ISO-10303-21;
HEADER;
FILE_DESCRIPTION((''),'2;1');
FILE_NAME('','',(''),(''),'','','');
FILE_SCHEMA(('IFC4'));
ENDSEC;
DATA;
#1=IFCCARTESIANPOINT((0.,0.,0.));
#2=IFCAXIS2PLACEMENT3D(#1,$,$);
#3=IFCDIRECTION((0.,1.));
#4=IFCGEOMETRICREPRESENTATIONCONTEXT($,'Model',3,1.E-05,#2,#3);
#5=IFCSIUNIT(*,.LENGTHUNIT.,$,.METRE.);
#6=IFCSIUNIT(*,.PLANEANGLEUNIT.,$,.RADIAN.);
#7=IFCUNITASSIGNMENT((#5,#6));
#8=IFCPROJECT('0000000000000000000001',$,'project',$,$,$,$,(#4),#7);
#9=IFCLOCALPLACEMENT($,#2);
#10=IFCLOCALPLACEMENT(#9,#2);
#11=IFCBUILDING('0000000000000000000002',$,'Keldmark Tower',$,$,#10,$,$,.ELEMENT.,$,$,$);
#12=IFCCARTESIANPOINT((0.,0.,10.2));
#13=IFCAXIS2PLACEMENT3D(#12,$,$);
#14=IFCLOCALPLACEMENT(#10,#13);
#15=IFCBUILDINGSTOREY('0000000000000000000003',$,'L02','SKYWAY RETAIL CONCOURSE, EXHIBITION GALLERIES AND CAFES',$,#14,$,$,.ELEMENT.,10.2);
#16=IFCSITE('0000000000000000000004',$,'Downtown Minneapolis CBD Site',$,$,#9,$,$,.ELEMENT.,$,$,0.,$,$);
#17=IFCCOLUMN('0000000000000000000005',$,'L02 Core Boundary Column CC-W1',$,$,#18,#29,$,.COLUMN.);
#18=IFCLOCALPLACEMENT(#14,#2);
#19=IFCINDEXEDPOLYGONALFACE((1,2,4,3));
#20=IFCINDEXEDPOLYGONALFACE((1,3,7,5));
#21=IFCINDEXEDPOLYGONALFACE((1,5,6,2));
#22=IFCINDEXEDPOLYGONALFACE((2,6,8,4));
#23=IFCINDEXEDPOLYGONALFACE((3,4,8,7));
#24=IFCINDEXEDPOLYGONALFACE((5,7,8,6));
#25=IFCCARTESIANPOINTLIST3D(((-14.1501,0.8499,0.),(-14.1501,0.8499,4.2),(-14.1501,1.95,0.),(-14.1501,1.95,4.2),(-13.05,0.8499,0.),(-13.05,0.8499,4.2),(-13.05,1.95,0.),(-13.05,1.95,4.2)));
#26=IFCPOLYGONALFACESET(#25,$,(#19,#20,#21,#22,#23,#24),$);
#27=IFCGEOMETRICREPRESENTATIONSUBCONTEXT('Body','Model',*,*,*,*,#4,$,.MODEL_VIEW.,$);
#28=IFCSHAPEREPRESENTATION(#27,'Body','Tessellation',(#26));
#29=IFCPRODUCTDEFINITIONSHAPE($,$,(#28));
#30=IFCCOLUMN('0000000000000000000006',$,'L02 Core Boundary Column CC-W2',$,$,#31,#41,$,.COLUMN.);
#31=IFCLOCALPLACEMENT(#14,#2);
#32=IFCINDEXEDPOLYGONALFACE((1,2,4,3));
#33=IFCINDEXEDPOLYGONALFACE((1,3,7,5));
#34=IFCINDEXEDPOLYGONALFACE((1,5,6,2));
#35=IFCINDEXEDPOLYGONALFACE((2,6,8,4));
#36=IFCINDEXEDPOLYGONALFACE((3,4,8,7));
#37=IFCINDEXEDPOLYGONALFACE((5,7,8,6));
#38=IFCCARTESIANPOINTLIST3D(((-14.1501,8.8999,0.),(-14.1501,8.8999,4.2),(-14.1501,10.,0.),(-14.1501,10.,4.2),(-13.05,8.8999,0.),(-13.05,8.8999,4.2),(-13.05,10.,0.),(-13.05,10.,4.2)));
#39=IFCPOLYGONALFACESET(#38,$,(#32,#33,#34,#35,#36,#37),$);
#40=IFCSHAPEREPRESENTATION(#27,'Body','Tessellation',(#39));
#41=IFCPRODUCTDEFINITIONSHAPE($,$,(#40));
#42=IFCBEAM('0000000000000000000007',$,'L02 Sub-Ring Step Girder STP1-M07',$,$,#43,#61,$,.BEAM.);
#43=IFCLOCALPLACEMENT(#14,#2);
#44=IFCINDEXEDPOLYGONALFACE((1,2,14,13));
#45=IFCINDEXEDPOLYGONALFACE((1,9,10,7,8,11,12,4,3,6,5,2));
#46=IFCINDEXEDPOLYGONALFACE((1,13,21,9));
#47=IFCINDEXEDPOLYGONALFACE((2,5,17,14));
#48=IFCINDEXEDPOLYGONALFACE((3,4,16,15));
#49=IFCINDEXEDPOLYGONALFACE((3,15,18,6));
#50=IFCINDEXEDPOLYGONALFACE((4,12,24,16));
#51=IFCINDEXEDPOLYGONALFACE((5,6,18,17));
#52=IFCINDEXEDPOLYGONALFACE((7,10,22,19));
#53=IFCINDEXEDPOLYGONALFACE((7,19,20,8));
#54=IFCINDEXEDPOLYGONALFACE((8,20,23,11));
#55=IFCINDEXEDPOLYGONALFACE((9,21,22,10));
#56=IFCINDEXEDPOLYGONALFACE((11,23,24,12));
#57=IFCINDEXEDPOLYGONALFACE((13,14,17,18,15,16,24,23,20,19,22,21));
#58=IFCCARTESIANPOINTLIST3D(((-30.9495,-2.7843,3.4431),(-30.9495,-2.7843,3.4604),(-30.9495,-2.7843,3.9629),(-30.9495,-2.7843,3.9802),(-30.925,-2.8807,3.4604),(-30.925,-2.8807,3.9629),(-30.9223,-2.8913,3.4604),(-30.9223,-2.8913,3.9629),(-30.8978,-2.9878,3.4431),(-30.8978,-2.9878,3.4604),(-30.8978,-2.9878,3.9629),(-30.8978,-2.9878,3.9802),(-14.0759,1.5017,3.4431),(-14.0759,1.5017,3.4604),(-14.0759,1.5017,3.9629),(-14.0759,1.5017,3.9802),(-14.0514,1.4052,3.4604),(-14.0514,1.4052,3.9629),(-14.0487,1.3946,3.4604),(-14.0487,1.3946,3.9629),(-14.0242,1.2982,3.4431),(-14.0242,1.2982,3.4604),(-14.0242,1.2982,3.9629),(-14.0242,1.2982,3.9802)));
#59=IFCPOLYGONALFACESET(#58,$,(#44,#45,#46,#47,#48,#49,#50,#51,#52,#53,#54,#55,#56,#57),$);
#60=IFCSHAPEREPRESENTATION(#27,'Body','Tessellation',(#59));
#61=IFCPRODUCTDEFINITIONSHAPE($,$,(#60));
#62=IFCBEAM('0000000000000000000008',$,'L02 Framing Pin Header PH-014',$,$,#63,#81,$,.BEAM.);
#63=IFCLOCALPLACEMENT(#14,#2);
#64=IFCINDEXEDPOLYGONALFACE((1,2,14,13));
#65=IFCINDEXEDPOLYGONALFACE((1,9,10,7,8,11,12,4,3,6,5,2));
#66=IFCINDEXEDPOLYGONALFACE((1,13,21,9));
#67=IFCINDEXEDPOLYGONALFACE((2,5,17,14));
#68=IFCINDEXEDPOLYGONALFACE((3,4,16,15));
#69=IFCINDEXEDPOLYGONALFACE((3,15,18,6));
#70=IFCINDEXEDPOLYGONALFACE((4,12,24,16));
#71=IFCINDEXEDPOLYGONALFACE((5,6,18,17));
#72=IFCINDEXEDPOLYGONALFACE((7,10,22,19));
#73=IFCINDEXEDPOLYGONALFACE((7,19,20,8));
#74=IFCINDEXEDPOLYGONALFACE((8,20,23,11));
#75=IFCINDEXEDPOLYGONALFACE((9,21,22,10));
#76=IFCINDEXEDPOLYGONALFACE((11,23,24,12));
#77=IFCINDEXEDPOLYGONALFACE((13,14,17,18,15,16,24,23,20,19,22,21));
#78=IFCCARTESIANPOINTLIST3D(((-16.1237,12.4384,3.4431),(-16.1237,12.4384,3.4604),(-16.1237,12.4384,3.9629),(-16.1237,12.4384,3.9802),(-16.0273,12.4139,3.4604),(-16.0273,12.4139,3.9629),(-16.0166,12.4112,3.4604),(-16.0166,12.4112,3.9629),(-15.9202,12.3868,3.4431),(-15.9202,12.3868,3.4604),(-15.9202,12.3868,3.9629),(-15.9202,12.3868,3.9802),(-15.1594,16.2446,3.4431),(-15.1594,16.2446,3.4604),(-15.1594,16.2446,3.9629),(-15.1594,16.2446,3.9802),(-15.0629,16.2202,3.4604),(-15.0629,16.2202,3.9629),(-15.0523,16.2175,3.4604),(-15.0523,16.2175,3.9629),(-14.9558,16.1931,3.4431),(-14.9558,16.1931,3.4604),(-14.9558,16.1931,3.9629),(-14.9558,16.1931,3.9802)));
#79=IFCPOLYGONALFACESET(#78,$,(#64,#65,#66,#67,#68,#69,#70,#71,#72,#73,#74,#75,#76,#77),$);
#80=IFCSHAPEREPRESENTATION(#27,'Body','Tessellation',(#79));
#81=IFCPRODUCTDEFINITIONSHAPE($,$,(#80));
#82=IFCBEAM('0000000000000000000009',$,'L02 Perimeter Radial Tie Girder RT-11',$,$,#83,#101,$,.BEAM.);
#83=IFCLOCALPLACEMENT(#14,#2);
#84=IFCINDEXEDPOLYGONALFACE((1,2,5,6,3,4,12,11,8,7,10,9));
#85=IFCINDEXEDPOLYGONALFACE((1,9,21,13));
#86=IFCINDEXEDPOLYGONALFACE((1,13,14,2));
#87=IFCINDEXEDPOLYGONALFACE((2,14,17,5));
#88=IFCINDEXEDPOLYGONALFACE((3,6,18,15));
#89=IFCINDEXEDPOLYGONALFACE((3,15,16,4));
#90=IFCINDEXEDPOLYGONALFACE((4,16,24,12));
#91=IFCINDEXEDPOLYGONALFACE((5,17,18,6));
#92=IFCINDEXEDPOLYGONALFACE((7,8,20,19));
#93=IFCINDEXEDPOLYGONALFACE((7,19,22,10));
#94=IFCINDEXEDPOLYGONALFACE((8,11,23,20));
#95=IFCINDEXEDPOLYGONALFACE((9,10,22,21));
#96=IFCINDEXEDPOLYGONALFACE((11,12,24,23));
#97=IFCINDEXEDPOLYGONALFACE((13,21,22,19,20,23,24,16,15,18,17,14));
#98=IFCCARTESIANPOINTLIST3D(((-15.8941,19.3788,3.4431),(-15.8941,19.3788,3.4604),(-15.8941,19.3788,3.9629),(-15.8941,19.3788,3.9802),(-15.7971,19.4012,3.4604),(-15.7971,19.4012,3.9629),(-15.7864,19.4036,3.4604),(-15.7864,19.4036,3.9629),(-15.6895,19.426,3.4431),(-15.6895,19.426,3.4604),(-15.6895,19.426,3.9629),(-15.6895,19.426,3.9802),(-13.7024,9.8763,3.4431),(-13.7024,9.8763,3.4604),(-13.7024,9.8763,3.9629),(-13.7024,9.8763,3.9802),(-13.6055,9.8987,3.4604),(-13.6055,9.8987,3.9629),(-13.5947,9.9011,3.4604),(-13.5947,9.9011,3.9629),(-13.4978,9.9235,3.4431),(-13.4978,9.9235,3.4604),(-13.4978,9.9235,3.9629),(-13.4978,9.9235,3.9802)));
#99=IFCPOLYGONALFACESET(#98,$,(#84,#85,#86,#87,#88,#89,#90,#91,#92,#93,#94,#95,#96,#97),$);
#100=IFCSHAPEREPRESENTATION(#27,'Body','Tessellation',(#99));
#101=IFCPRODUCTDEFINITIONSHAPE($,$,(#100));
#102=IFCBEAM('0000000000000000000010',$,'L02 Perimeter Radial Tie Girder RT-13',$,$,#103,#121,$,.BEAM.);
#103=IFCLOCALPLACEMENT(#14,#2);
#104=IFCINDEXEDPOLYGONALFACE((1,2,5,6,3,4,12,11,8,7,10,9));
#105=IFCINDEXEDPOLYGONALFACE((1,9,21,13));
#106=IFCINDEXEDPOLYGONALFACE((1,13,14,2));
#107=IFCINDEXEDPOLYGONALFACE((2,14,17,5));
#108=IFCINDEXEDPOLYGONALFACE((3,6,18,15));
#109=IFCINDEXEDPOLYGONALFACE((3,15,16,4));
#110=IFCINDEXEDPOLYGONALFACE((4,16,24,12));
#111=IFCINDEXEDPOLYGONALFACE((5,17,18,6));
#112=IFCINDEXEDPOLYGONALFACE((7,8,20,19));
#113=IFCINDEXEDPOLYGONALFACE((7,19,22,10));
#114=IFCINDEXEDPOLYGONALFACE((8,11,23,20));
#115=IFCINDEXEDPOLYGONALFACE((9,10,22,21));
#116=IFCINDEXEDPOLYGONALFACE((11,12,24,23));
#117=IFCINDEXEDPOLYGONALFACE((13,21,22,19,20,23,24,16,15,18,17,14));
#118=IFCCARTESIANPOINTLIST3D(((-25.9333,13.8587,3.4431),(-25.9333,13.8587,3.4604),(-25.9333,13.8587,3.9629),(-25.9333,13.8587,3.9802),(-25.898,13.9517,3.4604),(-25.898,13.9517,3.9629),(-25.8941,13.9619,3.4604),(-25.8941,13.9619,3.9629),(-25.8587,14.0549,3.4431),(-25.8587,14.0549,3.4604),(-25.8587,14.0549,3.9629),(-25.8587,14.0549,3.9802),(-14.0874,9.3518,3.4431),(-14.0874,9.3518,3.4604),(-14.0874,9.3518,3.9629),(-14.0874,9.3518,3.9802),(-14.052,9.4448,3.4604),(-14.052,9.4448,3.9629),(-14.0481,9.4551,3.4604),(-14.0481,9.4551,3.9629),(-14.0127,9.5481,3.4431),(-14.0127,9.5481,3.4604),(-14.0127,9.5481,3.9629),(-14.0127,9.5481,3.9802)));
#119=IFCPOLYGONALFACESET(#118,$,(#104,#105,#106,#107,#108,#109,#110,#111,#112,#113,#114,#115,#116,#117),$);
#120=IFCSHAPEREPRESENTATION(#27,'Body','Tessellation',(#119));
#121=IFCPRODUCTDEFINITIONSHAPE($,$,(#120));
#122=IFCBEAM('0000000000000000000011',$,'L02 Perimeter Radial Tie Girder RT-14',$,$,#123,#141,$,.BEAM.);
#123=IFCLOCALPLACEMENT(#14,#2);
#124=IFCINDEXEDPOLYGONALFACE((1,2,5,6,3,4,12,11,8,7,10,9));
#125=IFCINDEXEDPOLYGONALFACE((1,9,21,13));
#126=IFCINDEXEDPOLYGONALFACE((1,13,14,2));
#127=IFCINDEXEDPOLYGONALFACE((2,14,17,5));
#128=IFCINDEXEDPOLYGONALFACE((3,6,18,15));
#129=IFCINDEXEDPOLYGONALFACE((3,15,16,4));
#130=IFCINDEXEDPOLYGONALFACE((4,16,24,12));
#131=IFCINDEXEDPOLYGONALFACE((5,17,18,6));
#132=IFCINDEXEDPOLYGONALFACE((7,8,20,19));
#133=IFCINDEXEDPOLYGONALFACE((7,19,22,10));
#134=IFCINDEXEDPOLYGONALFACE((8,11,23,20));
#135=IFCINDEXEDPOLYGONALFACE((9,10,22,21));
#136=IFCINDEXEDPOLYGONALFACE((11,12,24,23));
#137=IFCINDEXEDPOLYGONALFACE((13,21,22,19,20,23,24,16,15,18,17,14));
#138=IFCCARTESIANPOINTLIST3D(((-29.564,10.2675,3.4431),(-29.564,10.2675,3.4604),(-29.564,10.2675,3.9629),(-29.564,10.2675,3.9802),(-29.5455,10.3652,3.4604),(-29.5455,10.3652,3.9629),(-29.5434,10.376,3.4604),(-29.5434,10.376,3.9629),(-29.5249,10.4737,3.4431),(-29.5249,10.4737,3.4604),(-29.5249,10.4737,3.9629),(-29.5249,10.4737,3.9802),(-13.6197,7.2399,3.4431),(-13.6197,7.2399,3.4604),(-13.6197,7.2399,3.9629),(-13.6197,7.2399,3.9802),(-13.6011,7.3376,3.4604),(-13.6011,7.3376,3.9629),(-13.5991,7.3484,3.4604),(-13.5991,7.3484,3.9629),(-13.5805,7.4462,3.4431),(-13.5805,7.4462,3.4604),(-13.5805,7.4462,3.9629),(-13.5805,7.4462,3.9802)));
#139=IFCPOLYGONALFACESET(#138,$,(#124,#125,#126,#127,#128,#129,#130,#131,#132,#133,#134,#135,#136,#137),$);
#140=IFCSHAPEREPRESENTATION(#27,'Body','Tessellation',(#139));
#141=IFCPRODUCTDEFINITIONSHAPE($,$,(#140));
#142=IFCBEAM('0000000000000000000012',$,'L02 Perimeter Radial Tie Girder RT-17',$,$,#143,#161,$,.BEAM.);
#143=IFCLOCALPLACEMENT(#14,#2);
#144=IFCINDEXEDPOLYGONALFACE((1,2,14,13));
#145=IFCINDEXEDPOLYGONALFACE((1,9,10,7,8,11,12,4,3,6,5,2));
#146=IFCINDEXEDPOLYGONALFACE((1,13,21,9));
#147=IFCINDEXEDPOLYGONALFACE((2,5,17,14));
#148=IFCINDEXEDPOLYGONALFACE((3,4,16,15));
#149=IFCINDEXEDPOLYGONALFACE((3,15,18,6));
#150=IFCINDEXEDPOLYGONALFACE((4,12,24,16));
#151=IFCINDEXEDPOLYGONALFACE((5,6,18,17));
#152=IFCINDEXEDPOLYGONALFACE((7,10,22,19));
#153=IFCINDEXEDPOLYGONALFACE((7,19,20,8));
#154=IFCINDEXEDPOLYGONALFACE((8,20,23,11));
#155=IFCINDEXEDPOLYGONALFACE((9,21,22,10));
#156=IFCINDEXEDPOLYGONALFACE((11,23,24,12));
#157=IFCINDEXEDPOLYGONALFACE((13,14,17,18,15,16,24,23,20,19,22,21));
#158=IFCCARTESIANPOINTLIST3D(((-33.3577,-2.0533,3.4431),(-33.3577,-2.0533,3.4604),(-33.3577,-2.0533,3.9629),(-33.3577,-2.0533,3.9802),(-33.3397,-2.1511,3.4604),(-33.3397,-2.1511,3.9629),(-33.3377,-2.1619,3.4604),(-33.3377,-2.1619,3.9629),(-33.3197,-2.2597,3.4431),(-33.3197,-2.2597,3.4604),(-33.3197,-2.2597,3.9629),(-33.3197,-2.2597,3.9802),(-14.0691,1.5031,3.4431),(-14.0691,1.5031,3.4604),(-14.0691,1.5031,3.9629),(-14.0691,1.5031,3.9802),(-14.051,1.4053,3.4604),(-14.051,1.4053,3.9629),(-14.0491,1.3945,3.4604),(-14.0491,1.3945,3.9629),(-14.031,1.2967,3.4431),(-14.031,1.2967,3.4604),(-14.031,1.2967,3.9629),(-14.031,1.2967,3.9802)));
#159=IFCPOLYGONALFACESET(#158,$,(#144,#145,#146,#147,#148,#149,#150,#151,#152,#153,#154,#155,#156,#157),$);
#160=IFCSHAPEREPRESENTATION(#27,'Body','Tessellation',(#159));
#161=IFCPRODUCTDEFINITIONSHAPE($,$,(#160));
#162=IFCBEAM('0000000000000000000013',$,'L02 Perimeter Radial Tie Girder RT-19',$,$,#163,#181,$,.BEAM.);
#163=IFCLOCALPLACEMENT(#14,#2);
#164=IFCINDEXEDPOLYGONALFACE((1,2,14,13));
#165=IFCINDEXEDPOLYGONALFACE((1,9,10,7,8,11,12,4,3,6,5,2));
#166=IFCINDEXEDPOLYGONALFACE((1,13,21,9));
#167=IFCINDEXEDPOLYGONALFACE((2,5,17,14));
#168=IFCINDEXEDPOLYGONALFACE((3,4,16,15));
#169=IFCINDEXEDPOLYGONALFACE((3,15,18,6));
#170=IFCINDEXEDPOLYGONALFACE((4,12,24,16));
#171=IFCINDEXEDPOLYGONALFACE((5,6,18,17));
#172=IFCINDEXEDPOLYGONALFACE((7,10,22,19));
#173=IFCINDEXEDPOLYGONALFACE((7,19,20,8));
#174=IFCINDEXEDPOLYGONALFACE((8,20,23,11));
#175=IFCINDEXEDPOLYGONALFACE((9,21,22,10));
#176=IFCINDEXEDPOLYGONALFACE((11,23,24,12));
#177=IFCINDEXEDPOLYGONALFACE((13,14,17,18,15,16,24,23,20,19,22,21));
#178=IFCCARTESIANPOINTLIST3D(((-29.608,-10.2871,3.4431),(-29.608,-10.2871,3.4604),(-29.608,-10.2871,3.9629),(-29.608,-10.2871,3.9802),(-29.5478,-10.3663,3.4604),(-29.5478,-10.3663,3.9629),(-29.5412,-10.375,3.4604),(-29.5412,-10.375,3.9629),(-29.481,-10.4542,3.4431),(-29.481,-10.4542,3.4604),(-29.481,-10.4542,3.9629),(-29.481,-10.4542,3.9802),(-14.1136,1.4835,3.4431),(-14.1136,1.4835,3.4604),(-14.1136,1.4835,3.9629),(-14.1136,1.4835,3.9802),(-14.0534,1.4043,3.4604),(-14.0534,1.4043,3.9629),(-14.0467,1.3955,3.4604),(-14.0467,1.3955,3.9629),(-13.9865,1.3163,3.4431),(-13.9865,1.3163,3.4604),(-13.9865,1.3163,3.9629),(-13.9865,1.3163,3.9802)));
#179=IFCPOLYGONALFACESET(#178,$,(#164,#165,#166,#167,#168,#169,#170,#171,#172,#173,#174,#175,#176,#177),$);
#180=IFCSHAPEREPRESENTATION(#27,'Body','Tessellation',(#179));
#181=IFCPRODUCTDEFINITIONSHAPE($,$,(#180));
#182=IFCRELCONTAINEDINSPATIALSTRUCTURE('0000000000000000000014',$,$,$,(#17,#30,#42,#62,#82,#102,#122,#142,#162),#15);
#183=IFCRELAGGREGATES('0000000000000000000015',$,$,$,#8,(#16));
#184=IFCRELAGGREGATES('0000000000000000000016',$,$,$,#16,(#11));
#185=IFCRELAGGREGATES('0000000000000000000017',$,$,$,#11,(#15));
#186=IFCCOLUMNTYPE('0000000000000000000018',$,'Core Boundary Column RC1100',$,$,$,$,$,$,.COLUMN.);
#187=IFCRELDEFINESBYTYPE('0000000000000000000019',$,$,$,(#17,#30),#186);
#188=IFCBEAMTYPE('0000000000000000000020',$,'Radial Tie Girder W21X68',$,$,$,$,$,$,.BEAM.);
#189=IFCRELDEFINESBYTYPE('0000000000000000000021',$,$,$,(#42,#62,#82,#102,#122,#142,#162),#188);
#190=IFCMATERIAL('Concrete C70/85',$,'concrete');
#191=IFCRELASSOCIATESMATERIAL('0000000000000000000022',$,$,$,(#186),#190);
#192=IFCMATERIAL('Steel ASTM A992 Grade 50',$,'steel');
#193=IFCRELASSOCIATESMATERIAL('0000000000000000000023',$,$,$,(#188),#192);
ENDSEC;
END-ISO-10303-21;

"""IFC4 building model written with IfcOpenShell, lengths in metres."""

from ifc_helpers import new_model, si_unit, direction, frame, origin, origin_2d, place, context, subcontext, project, spatial, rectangle, i_section, extrude, material, material_profile, profile_set, type_object, element, save


model = new_model("IFC4")

# Units and contexts
model_context = context("Model", 3, precision=1e-05, world=origin(), true_north=direction((0.0, 1.0)))
body_context = subcontext(model_context, "Body", "Model", "MODEL_VIEW")
ifc_project = project(units=[si_unit("LENGTHUNIT", "METRE"), si_unit("PLANEANGLEUNIT", "RADIAN")], contexts=[model_context])

# Site, building, storey
site_placement = place(None, origin())
site = spatial("IfcSite", under=ifc_project, at=site_placement, Name="Downtown Minneapolis CBD Site", CompositionType="ELEMENT", RefElevation=0.0)
building_placement = place(site_placement, origin())
building = spatial("IfcBuilding", under=site, at=building_placement, Name="Keldmark Tower", CompositionType="ELEMENT")
storey_placement = place(building_placement, frame((0.0, 0.0, 10.2)))
storey = spatial("IfcBuildingStorey", under=building, at=storey_placement, Name="L02", Description="SKYWAY RETAIL CONCOURSE, EXHIBITION GALLERIES AND CAFES", CompositionType="ELEMENT", Elevation=10.2)

# Columns
ifc_material_1 = material(Name="Concrete C70/85", Category="concrete")
ifc_material_profile_1 = material_profile(ifc_material_1, rectangle(XDim=1.1001, YDim=1.1001, at=origin_2d()), Name="RC1100X1100")
ifc_profile_set_1 = profile_set([ifc_material_profile_1], Name="Concrete C70/85")
column_type = type_object("IfcColumnType", Name="Core Boundary Column RC1100", PredefinedType="COLUMN", material=ifc_profile_set_1)
for number, where, z_axis, x_axis, name in (
    (1, (-13.6001, 1.3999, 0.0), (0.0, 0.0, 1.0), (1.0, 0.0, 0.0), "L02 Core Boundary Column CC-W1"),
    (2, (-13.6001, 9.45, 0.0), (0.0, 0.0, 1.0), (1.0, 0.0, 0.0), "L02 Core Boundary Column CC-W2"),
):
    element("IfcColumn", number, at=place(storey_placement, frame(where, z_axis=z_axis, x_axis=x_axis)), inside=storey, type_object=column_type, Name=name, PredefinedType="COLUMN", context=body_context, shape_type="SweptSolid", body=[
        extrude(rectangle(XDim=1.1001, YDim=1.1001, at=origin_2d()), origin(), (0.0, 0.0, 1.0), 4.2),
    ])

# Beams
ifc_material_2 = material(Name="Steel ASTM A992 Grade 50", Category="steel")
ifc_material_profile_2 = material_profile(ifc_material_2, i_section(OverallWidth=0.21, OverallDepth=0.5371, WebThickness=0.011, FlangeThickness=0.0173, at=origin_2d()), Name="W21X68")
ifc_profile_set_2 = profile_set([ifc_material_profile_2], Name="Steel ASTM A992 Grade 50")
beam_type_1 = type_object("IfcBeamType", Name="Radial Tie Girder W21X68", PredefinedType="BEAM", material=ifc_profile_set_2)
beam_1_placement = place(storey_placement, frame((-14.05, 1.3999, 3.7117), z_axis=(-0.969223, -0.246183, 0.0), x_axis=(0.246183, -0.969223, 0.0)))
element("IfcBeam", 3, at=beam_1_placement, inside=storey, type_object=beam_type_1, Name="L02 Sub-Ring Step Girder STP1-M07", PredefinedType="BEAM", context=body_context, shape_type="SweptSolid", body=[
    extrude(i_section(OverallWidth=0.21, OverallDepth=0.5371, WebThickness=0.011, FlangeThickness=0.0173, at=origin_2d()), origin(), (0.0, 0.0, 1.0), 17.4094),
])
beam_2_placement = place(storey_placement, frame((-16.022, 12.4126, 3.7117), z_axis=(0.245607, 0.96937, 0.0), x_axis=(-0.96937, 0.245607, 0.0)))
element("IfcBeam", 4, at=beam_2_placement, inside=storey, type_object=beam_type_1, Name="L02 Framing Pin Header PH-014", PredefinedType="BEAM", context=body_context, shape_type="SweptSolid", body=[
    extrude(i_section(OverallWidth=0.21, OverallDepth=0.5371, WebThickness=0.011, FlangeThickness=0.0173, at=origin_2d()), origin(), (0.0, 0.0, 1.0), 3.9265),
])
beam_3_placement = place(storey_placement, frame((-13.6001, 9.8999, 3.7117), z_axis=(-0.224741, 0.974419, 0.0), x_axis=(-0.974419, -0.224741, 0.0)))
element("IfcBeam", 5, at=beam_3_placement, inside=storey, type_object=beam_type_1, Name="L02 Perimeter Radial Tie Girder RT-11", PredefinedType="BEAM", context=body_context, shape_type="SweptSolid", body=[
    extrude(i_section(OverallWidth=0.21, OverallDepth=0.5371, WebThickness=0.011, FlangeThickness=0.0173, at=origin_2d()), origin(), (0.0, 0.0, 1.0), 9.752),
])
beam_4_placement = place(storey_placement, frame((-14.05, 9.45, 3.7117), z_axis=(-0.934643, 0.355588, 0.0), x_axis=(-0.355588, -0.934643, 0.0)))
element("IfcBeam", 6, at=beam_4_placement, inside=storey, type_object=beam_type_1, Name="L02 Perimeter Radial Tie Girder RT-13", PredefinedType="BEAM", context=body_context, shape_type="SweptSolid", body=[
    extrude(i_section(OverallWidth=0.21, OverallDepth=0.5371, WebThickness=0.011, FlangeThickness=0.0173, at=origin_2d()), origin(), (0.0, 0.0, 1.0), 12.6743),
])
beam_5_placement = place(storey_placement, frame((-13.6001, 7.343, 3.7117), z_axis=(-0.982445, 0.186551, 0.0), x_axis=(-0.186551, -0.982445, 0.0)))
element("IfcBeam", 7, at=beam_5_placement, inside=storey, type_object=beam_type_1, Name="L02 Perimeter Radial Tie Girder RT-14", PredefinedType="BEAM", context=body_context, shape_type="SweptSolid", body=[
    extrude(i_section(OverallWidth=0.21, OverallDepth=0.5371, WebThickness=0.011, FlangeThickness=0.0173, at=origin_2d()), origin(), (0.0, 0.0, 1.0), 16.2292),
])
beam_6_placement = place(storey_placement, frame((-14.05, 1.3999, 3.7117), z_axis=(-0.983424, -0.181322, 0.0), x_axis=(0.181322, -0.983424, 0.0)))
element("IfcBeam", 8, at=beam_6_placement, inside=storey, type_object=beam_type_1, Name="L02 Perimeter Radial Tie Girder RT-17", PredefinedType="BEAM", context=body_context, shape_type="SweptSolid", body=[
    extrude(i_section(OverallWidth=0.21, OverallDepth=0.5371, WebThickness=0.011, FlangeThickness=0.0173, at=origin_2d()), origin(), (0.0, 0.0, 1.0), 19.6138),
])
beam_7_placement = place(storey_placement, frame((-14.05, 1.3999, 3.7117), z_axis=(-0.796292, -0.604913, 0.0), x_axis=(0.604913, -0.796292, 0.0)))
element("IfcBeam", 9, at=beam_7_placement, inside=storey, type_object=beam_type_1, Name="L02 Perimeter Radial Tie Girder RT-19", PredefinedType="BEAM", context=body_context, shape_type="SweptSolid", body=[
    extrude(i_section(OverallWidth=0.21, OverallDepth=0.5371, WebThickness=0.011, FlangeThickness=0.0173, at=origin_2d()), origin(), (0.0, 0.0, 1.0), 19.4583),
])

save(model, "model.ifc")
